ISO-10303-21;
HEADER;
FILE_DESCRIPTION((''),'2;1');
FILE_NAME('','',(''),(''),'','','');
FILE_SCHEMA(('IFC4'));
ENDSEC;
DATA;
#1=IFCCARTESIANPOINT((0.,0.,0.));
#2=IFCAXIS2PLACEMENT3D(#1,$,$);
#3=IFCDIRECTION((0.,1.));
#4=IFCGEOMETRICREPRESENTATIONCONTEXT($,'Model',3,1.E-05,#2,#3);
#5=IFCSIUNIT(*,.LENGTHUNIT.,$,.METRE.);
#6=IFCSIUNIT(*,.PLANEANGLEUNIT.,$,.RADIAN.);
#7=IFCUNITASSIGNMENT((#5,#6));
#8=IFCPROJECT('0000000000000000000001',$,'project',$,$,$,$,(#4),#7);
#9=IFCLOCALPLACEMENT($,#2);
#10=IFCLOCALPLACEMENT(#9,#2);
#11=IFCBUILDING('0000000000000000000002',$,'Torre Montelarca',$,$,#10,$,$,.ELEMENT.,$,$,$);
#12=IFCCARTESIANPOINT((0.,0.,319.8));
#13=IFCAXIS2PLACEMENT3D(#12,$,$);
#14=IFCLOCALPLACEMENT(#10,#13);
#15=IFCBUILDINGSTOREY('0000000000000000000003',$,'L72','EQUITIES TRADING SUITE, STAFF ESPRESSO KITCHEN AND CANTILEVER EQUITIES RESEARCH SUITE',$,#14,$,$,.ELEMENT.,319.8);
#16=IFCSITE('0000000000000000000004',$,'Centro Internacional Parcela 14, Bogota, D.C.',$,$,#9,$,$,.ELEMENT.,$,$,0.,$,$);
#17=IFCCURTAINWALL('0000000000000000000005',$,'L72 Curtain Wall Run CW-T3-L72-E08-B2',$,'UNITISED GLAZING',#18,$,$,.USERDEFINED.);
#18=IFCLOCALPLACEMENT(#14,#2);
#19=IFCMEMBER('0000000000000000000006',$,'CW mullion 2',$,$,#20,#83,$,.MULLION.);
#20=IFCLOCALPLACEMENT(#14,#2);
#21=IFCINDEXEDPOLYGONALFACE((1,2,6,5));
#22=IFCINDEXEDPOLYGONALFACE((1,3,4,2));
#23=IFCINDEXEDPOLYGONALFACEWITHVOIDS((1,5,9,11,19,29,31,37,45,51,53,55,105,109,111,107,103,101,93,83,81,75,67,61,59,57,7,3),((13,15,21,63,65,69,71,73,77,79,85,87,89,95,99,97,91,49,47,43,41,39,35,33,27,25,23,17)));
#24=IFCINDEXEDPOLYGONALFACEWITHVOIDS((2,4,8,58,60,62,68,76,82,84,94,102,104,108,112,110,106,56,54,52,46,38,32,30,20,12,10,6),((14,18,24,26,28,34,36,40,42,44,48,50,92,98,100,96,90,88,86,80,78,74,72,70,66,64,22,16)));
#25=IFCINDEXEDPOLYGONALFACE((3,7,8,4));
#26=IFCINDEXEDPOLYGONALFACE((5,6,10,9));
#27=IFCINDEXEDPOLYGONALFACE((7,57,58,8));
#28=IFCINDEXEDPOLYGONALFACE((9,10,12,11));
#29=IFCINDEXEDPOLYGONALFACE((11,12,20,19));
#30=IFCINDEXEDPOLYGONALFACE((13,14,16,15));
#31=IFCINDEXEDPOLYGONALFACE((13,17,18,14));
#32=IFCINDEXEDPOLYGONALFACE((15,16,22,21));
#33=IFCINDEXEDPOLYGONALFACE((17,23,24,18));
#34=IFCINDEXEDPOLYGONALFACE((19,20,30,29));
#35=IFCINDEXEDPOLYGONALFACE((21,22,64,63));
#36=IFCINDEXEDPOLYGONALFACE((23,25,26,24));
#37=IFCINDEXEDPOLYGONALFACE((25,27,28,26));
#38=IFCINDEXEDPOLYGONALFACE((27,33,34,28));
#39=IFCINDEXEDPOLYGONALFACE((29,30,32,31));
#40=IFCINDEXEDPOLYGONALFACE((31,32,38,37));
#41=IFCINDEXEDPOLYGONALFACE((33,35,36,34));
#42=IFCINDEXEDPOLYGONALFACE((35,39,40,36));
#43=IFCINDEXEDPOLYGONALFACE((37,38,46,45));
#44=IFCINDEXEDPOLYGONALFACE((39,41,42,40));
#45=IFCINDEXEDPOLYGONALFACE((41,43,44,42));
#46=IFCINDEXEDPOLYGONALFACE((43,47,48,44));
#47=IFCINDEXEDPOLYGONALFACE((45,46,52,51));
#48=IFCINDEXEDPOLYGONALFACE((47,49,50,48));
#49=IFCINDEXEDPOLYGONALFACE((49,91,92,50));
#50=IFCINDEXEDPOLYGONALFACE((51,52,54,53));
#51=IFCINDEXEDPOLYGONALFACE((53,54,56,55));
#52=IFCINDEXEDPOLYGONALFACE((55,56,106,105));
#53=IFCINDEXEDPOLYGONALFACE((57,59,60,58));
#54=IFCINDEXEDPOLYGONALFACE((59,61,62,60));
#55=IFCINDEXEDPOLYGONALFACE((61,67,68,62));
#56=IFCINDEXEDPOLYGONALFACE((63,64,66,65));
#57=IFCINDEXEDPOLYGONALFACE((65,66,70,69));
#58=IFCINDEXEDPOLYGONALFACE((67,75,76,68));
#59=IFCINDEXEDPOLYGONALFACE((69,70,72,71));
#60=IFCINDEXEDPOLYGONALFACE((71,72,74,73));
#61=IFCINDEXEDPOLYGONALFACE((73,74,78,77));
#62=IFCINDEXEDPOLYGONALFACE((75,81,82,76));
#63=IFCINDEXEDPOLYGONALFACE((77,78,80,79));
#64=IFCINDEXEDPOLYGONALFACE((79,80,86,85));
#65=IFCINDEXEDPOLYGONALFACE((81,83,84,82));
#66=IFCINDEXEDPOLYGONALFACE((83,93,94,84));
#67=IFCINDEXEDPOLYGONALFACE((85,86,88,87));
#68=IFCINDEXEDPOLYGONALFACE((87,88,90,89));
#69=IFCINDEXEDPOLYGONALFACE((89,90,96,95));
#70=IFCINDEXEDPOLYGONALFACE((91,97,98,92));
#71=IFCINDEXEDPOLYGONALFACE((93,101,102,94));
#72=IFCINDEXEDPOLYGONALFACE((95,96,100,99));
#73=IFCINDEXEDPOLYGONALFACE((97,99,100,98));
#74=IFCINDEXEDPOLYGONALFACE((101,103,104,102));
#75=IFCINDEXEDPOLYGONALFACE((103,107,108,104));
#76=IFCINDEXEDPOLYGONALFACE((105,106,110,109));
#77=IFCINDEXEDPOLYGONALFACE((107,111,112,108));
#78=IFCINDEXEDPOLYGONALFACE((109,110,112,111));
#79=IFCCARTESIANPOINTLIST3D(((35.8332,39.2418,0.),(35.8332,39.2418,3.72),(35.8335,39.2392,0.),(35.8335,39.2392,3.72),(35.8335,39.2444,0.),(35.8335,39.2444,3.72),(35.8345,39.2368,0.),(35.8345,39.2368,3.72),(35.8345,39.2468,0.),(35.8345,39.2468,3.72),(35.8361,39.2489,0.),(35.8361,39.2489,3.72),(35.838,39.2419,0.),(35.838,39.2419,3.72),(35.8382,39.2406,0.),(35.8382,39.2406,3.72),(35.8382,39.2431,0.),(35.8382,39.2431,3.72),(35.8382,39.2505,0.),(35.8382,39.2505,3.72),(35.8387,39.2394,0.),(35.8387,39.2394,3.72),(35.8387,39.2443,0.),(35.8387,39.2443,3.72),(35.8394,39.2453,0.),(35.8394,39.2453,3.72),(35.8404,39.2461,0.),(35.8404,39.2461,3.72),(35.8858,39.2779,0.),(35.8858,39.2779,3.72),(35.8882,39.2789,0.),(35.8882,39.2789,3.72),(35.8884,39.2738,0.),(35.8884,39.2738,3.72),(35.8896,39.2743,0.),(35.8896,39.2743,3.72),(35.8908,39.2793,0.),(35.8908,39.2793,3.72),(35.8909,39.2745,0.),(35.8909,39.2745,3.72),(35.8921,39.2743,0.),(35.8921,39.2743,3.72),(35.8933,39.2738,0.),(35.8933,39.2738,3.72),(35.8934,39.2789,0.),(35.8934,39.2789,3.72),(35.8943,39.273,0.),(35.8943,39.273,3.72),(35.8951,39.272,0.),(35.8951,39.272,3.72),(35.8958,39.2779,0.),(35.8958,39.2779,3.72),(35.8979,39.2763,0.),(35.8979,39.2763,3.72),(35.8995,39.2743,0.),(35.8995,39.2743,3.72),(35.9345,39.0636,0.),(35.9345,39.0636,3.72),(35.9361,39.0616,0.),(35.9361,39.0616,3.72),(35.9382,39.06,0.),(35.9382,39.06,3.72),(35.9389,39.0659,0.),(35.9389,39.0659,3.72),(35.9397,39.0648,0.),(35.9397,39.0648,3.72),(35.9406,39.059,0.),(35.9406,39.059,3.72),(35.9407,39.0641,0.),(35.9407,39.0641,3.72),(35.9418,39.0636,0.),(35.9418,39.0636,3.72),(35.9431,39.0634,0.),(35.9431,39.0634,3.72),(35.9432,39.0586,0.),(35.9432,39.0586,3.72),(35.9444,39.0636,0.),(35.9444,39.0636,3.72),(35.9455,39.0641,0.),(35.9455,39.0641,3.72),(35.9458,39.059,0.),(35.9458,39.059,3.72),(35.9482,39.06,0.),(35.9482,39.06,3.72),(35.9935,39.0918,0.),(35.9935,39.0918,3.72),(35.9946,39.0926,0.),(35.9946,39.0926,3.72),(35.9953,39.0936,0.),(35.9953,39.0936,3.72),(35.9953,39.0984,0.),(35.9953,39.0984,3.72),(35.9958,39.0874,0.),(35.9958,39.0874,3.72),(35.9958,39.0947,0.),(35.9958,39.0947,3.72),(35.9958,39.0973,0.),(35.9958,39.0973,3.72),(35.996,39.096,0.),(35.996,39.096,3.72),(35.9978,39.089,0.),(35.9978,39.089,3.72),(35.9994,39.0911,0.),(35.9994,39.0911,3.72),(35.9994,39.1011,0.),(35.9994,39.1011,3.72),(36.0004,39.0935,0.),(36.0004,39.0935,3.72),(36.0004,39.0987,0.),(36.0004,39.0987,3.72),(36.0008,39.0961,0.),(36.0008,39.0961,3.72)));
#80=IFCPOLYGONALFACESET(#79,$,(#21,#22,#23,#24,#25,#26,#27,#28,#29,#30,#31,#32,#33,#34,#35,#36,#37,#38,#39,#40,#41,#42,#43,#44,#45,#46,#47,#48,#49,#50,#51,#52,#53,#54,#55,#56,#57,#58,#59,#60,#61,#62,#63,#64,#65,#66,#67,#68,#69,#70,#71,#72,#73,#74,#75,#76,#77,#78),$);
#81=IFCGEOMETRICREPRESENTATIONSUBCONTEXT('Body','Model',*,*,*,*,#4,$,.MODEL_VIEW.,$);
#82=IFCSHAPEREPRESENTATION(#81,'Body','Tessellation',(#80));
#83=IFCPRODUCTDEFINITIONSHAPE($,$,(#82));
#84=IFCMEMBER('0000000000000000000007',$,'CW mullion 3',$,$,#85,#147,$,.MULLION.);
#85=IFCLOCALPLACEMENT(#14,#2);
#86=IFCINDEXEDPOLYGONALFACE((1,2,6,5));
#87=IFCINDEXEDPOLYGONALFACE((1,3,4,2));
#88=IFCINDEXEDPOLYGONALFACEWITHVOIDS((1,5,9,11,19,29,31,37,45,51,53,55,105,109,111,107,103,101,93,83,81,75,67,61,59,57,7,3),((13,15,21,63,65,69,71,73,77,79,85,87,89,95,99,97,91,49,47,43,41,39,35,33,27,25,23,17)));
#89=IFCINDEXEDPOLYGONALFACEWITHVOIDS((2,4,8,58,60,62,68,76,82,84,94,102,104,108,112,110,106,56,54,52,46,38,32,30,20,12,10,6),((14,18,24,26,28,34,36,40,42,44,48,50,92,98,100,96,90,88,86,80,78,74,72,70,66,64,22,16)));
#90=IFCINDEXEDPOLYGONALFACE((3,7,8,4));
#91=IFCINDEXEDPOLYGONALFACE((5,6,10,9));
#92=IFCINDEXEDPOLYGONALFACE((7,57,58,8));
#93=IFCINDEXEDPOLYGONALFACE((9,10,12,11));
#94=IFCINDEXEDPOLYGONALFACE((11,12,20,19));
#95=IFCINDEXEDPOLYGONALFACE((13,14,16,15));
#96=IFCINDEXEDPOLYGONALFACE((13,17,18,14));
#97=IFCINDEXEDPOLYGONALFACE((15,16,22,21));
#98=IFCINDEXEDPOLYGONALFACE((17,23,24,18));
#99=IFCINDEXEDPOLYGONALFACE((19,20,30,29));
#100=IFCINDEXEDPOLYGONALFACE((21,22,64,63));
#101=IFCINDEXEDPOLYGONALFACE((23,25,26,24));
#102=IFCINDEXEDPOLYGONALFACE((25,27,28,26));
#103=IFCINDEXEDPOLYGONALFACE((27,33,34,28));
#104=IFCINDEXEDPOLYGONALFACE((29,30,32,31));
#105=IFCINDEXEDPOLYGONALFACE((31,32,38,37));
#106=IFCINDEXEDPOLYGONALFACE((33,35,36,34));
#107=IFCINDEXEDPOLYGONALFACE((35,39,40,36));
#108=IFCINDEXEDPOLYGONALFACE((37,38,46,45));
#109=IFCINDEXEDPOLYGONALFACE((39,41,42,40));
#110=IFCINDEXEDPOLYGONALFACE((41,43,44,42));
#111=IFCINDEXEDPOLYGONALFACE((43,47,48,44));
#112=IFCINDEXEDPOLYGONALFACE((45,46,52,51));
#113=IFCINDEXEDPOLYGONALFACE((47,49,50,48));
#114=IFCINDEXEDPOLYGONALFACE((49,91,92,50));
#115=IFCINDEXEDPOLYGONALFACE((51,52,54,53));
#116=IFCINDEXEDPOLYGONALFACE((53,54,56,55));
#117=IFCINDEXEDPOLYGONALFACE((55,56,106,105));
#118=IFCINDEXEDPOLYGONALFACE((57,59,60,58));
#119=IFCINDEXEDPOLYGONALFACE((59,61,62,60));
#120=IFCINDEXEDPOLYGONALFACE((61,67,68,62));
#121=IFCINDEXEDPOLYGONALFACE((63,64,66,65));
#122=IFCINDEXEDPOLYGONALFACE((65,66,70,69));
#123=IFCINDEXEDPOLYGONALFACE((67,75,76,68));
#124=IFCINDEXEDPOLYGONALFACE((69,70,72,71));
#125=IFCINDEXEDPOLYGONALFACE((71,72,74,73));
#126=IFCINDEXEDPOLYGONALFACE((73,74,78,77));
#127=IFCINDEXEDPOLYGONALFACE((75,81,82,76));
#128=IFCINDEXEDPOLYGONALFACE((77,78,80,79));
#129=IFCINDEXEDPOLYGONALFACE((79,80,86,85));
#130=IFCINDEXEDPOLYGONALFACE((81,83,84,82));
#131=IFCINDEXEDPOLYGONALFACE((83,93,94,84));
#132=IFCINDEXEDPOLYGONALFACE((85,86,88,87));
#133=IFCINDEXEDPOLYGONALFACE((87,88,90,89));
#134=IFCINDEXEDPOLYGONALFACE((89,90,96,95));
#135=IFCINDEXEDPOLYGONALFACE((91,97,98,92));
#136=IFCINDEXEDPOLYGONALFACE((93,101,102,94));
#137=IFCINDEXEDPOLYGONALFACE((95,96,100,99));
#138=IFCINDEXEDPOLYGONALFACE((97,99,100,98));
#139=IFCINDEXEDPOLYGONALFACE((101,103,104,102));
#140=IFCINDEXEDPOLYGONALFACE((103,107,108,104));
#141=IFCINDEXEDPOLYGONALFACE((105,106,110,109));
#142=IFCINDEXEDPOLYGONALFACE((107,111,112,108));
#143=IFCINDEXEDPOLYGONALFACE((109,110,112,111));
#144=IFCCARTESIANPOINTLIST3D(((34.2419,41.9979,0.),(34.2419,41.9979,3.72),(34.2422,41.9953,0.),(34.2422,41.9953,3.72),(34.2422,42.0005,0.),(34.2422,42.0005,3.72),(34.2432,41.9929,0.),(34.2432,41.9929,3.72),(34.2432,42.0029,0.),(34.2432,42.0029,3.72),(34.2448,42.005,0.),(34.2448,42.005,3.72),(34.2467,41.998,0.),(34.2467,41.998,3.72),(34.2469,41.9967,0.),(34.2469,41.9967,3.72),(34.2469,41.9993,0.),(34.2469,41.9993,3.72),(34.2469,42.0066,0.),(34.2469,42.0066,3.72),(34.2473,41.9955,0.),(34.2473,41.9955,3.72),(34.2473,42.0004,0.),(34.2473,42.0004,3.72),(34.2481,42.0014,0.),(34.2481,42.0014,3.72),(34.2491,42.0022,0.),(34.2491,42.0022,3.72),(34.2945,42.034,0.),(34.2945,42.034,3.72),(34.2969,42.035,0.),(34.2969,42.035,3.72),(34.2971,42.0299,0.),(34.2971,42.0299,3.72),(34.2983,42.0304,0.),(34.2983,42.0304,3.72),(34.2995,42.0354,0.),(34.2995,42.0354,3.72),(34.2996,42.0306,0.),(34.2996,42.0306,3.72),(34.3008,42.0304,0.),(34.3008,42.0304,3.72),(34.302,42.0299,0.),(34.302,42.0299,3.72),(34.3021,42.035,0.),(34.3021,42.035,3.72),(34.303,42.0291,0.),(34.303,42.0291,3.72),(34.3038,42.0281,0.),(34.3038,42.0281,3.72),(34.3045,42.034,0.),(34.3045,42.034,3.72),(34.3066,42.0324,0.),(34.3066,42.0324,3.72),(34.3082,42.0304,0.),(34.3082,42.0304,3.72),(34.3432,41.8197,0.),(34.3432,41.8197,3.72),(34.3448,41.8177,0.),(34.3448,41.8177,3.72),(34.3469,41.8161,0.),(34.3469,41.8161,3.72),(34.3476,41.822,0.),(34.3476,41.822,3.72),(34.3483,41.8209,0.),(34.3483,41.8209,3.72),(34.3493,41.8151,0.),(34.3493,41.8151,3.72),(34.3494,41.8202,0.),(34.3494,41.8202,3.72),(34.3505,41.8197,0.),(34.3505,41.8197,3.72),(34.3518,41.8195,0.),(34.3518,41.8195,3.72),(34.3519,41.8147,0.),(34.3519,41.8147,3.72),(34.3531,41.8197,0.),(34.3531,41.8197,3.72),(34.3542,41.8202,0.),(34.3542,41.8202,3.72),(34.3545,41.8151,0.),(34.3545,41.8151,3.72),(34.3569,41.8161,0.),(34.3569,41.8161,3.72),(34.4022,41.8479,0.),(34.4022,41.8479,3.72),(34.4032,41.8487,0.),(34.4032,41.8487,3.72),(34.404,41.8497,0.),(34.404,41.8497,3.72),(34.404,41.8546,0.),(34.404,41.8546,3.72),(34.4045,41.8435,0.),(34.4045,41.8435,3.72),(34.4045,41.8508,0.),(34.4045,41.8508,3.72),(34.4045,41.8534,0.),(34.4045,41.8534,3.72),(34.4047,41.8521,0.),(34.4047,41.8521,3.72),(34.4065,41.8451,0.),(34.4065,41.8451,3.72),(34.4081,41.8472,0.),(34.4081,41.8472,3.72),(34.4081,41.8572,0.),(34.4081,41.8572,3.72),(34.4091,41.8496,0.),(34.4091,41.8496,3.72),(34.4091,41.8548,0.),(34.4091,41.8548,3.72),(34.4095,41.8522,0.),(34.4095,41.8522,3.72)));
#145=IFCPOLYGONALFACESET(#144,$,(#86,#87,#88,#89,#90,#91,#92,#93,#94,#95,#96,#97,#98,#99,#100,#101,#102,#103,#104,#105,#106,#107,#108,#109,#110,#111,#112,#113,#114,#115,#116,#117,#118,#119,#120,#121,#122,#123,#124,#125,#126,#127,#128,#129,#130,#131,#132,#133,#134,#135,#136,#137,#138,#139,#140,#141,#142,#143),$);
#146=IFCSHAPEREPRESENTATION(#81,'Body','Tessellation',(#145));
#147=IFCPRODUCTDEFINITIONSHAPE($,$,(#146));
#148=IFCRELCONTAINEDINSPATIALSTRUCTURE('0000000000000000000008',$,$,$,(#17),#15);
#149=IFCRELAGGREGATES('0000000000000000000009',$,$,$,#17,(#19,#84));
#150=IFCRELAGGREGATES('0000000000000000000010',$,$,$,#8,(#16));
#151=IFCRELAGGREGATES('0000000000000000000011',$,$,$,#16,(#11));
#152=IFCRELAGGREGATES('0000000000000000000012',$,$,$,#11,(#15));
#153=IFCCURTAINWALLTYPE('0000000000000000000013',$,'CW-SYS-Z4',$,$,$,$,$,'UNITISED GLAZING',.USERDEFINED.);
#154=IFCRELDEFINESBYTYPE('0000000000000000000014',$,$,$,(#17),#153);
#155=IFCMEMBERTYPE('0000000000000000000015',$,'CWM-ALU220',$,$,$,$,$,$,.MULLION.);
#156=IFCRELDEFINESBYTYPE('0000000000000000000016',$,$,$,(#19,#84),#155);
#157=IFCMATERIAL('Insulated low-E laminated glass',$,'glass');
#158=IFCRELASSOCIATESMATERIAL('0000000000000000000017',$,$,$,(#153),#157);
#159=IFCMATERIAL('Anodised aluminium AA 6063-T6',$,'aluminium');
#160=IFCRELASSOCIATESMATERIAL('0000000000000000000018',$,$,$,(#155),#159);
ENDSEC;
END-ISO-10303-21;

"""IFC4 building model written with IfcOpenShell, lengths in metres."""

from ifc_helpers import new_model, si_unit, direction, frame, origin, origin_2d, place, context, subcontext, project, spatial, hollow_rectangle, extrude, source, transform, mapped, material, material_profile, profile_set, type_object, element, aggregate, save


model = new_model("IFC4")

# Units and contexts
model_context = context("Model", 3, precision=1e-05, world=origin(), true_north=direction((0.0, 1.0)))
body_context = subcontext(model_context, "Body", "Model", "MODEL_VIEW")
ifc_project = project(units=[si_unit("LENGTHUNIT", "METRE"), si_unit("PLANEANGLEUNIT", "RADIAN")], contexts=[model_context])

# Site, building, storey
site_placement = place(None, origin())
site = spatial("IfcSite", under=ifc_project, at=site_placement, Name="Centro Internacional Parcela 14, Bogota, D.C.", CompositionType="ELEMENT", RefElevation=0.0)
building_placement = place(site_placement, origin())
building = spatial("IfcBuilding", under=site, at=building_placement, Name="Torre Montelarca", CompositionType="ELEMENT")
storey_placement = place(building_placement, frame((0.0, 0.0, 319.8)))
storey = spatial("IfcBuildingStorey", under=building, at=storey_placement, Name="L72", Description="EQUITIES TRADING SUITE, STAFF ESPRESSO KITCHEN AND CANTILEVER EQUITIES RESEARCH SUITE", CompositionType="ELEMENT", Elevation=319.8)

# Curtain wall, members
ifc_material_1 = material(Name="Insulated low-E laminated glass", Category="glass")
curtain_wall_type = type_object("IfcCurtainWallType", Name="CW-SYS-Z4", ElementType="UNITISED GLAZING", PredefinedType="USERDEFINED", material=ifc_material_1)
ifc_material_2 = material(Name="Anodised aluminium AA 6063-T6", Category="aluminium")
ifc_material_profile_1 = material_profile(ifc_material_2, hollow_rectangle(XDim=0.075, YDim=0.22, WallThickness=0.0049, InnerFilletRadius=0.0049, OuterFilletRadius=0.01, at=origin_2d()), Name="ALU75X220X5", Category="aluminium")
ifc_profile_set_1 = profile_set([ifc_material_profile_1], Name="Anodised aluminium AA 6063-T6")
member_type_1 = type_object("IfcMemberType", Name="CWM-ALU220", PredefinedType="MULLION", material=ifc_profile_set_1)
shared_shape_1 = source(origin(), body_context, "Body", "SweptSolid", [
    extrude(hollow_rectangle(XDim=0.075, YDim=0.22, WallThickness=0.0049, InnerFilletRadius=0.0049, OuterFilletRadius=0.01, at=origin_2d()), origin(), (0.0, 0.0, 1.0), 3.72),
])
curtain_wall_1_placement = place(storey_placement, origin())
curtain_wall_1 = element("IfcCurtainWall", 1, at=curtain_wall_1_placement, inside=storey, type_object=curtain_wall_type, Name="L72 Curtain Wall Run CW-T3-L72-E08-B2", ObjectType="UNITISED GLAZING", PredefinedType="USERDEFINED")
member_1_placement = place(storey_placement, frame((35.917, 39.1689, 0.0), z_axis=(0.0, 0.0, 1.0), x_axis=(-0.866025, -0.5, 0.0)))
member_1 = element("IfcMember", 2, at=member_1_placement, type_object=member_type_1, Name="CW mullion 2", PredefinedType="MULLION", context=body_context, shape_type="MappedRepresentation", body=[
    mapped(shared_shape_1, transform((0.0, 0.0, 0.0), scale=1.0)),
])
member_2_placement = place(storey_placement, frame((34.3257, 41.925, 0.0), z_axis=(0.0, 0.0, 1.0), x_axis=(-0.866025, -0.5, 0.0)))
member_2 = element("IfcMember", 3, at=member_2_placement, type_object=member_type_1, Name="CW mullion 3", PredefinedType="MULLION", context=body_context, shape_type="MappedRepresentation", body=[
    mapped(shared_shape_1, transform((0.0, 0.0, 0.0), scale=1.0)),
])

aggregate(curtain_wall_1, [member_1, member_2])

save(model, "model.ifc")
